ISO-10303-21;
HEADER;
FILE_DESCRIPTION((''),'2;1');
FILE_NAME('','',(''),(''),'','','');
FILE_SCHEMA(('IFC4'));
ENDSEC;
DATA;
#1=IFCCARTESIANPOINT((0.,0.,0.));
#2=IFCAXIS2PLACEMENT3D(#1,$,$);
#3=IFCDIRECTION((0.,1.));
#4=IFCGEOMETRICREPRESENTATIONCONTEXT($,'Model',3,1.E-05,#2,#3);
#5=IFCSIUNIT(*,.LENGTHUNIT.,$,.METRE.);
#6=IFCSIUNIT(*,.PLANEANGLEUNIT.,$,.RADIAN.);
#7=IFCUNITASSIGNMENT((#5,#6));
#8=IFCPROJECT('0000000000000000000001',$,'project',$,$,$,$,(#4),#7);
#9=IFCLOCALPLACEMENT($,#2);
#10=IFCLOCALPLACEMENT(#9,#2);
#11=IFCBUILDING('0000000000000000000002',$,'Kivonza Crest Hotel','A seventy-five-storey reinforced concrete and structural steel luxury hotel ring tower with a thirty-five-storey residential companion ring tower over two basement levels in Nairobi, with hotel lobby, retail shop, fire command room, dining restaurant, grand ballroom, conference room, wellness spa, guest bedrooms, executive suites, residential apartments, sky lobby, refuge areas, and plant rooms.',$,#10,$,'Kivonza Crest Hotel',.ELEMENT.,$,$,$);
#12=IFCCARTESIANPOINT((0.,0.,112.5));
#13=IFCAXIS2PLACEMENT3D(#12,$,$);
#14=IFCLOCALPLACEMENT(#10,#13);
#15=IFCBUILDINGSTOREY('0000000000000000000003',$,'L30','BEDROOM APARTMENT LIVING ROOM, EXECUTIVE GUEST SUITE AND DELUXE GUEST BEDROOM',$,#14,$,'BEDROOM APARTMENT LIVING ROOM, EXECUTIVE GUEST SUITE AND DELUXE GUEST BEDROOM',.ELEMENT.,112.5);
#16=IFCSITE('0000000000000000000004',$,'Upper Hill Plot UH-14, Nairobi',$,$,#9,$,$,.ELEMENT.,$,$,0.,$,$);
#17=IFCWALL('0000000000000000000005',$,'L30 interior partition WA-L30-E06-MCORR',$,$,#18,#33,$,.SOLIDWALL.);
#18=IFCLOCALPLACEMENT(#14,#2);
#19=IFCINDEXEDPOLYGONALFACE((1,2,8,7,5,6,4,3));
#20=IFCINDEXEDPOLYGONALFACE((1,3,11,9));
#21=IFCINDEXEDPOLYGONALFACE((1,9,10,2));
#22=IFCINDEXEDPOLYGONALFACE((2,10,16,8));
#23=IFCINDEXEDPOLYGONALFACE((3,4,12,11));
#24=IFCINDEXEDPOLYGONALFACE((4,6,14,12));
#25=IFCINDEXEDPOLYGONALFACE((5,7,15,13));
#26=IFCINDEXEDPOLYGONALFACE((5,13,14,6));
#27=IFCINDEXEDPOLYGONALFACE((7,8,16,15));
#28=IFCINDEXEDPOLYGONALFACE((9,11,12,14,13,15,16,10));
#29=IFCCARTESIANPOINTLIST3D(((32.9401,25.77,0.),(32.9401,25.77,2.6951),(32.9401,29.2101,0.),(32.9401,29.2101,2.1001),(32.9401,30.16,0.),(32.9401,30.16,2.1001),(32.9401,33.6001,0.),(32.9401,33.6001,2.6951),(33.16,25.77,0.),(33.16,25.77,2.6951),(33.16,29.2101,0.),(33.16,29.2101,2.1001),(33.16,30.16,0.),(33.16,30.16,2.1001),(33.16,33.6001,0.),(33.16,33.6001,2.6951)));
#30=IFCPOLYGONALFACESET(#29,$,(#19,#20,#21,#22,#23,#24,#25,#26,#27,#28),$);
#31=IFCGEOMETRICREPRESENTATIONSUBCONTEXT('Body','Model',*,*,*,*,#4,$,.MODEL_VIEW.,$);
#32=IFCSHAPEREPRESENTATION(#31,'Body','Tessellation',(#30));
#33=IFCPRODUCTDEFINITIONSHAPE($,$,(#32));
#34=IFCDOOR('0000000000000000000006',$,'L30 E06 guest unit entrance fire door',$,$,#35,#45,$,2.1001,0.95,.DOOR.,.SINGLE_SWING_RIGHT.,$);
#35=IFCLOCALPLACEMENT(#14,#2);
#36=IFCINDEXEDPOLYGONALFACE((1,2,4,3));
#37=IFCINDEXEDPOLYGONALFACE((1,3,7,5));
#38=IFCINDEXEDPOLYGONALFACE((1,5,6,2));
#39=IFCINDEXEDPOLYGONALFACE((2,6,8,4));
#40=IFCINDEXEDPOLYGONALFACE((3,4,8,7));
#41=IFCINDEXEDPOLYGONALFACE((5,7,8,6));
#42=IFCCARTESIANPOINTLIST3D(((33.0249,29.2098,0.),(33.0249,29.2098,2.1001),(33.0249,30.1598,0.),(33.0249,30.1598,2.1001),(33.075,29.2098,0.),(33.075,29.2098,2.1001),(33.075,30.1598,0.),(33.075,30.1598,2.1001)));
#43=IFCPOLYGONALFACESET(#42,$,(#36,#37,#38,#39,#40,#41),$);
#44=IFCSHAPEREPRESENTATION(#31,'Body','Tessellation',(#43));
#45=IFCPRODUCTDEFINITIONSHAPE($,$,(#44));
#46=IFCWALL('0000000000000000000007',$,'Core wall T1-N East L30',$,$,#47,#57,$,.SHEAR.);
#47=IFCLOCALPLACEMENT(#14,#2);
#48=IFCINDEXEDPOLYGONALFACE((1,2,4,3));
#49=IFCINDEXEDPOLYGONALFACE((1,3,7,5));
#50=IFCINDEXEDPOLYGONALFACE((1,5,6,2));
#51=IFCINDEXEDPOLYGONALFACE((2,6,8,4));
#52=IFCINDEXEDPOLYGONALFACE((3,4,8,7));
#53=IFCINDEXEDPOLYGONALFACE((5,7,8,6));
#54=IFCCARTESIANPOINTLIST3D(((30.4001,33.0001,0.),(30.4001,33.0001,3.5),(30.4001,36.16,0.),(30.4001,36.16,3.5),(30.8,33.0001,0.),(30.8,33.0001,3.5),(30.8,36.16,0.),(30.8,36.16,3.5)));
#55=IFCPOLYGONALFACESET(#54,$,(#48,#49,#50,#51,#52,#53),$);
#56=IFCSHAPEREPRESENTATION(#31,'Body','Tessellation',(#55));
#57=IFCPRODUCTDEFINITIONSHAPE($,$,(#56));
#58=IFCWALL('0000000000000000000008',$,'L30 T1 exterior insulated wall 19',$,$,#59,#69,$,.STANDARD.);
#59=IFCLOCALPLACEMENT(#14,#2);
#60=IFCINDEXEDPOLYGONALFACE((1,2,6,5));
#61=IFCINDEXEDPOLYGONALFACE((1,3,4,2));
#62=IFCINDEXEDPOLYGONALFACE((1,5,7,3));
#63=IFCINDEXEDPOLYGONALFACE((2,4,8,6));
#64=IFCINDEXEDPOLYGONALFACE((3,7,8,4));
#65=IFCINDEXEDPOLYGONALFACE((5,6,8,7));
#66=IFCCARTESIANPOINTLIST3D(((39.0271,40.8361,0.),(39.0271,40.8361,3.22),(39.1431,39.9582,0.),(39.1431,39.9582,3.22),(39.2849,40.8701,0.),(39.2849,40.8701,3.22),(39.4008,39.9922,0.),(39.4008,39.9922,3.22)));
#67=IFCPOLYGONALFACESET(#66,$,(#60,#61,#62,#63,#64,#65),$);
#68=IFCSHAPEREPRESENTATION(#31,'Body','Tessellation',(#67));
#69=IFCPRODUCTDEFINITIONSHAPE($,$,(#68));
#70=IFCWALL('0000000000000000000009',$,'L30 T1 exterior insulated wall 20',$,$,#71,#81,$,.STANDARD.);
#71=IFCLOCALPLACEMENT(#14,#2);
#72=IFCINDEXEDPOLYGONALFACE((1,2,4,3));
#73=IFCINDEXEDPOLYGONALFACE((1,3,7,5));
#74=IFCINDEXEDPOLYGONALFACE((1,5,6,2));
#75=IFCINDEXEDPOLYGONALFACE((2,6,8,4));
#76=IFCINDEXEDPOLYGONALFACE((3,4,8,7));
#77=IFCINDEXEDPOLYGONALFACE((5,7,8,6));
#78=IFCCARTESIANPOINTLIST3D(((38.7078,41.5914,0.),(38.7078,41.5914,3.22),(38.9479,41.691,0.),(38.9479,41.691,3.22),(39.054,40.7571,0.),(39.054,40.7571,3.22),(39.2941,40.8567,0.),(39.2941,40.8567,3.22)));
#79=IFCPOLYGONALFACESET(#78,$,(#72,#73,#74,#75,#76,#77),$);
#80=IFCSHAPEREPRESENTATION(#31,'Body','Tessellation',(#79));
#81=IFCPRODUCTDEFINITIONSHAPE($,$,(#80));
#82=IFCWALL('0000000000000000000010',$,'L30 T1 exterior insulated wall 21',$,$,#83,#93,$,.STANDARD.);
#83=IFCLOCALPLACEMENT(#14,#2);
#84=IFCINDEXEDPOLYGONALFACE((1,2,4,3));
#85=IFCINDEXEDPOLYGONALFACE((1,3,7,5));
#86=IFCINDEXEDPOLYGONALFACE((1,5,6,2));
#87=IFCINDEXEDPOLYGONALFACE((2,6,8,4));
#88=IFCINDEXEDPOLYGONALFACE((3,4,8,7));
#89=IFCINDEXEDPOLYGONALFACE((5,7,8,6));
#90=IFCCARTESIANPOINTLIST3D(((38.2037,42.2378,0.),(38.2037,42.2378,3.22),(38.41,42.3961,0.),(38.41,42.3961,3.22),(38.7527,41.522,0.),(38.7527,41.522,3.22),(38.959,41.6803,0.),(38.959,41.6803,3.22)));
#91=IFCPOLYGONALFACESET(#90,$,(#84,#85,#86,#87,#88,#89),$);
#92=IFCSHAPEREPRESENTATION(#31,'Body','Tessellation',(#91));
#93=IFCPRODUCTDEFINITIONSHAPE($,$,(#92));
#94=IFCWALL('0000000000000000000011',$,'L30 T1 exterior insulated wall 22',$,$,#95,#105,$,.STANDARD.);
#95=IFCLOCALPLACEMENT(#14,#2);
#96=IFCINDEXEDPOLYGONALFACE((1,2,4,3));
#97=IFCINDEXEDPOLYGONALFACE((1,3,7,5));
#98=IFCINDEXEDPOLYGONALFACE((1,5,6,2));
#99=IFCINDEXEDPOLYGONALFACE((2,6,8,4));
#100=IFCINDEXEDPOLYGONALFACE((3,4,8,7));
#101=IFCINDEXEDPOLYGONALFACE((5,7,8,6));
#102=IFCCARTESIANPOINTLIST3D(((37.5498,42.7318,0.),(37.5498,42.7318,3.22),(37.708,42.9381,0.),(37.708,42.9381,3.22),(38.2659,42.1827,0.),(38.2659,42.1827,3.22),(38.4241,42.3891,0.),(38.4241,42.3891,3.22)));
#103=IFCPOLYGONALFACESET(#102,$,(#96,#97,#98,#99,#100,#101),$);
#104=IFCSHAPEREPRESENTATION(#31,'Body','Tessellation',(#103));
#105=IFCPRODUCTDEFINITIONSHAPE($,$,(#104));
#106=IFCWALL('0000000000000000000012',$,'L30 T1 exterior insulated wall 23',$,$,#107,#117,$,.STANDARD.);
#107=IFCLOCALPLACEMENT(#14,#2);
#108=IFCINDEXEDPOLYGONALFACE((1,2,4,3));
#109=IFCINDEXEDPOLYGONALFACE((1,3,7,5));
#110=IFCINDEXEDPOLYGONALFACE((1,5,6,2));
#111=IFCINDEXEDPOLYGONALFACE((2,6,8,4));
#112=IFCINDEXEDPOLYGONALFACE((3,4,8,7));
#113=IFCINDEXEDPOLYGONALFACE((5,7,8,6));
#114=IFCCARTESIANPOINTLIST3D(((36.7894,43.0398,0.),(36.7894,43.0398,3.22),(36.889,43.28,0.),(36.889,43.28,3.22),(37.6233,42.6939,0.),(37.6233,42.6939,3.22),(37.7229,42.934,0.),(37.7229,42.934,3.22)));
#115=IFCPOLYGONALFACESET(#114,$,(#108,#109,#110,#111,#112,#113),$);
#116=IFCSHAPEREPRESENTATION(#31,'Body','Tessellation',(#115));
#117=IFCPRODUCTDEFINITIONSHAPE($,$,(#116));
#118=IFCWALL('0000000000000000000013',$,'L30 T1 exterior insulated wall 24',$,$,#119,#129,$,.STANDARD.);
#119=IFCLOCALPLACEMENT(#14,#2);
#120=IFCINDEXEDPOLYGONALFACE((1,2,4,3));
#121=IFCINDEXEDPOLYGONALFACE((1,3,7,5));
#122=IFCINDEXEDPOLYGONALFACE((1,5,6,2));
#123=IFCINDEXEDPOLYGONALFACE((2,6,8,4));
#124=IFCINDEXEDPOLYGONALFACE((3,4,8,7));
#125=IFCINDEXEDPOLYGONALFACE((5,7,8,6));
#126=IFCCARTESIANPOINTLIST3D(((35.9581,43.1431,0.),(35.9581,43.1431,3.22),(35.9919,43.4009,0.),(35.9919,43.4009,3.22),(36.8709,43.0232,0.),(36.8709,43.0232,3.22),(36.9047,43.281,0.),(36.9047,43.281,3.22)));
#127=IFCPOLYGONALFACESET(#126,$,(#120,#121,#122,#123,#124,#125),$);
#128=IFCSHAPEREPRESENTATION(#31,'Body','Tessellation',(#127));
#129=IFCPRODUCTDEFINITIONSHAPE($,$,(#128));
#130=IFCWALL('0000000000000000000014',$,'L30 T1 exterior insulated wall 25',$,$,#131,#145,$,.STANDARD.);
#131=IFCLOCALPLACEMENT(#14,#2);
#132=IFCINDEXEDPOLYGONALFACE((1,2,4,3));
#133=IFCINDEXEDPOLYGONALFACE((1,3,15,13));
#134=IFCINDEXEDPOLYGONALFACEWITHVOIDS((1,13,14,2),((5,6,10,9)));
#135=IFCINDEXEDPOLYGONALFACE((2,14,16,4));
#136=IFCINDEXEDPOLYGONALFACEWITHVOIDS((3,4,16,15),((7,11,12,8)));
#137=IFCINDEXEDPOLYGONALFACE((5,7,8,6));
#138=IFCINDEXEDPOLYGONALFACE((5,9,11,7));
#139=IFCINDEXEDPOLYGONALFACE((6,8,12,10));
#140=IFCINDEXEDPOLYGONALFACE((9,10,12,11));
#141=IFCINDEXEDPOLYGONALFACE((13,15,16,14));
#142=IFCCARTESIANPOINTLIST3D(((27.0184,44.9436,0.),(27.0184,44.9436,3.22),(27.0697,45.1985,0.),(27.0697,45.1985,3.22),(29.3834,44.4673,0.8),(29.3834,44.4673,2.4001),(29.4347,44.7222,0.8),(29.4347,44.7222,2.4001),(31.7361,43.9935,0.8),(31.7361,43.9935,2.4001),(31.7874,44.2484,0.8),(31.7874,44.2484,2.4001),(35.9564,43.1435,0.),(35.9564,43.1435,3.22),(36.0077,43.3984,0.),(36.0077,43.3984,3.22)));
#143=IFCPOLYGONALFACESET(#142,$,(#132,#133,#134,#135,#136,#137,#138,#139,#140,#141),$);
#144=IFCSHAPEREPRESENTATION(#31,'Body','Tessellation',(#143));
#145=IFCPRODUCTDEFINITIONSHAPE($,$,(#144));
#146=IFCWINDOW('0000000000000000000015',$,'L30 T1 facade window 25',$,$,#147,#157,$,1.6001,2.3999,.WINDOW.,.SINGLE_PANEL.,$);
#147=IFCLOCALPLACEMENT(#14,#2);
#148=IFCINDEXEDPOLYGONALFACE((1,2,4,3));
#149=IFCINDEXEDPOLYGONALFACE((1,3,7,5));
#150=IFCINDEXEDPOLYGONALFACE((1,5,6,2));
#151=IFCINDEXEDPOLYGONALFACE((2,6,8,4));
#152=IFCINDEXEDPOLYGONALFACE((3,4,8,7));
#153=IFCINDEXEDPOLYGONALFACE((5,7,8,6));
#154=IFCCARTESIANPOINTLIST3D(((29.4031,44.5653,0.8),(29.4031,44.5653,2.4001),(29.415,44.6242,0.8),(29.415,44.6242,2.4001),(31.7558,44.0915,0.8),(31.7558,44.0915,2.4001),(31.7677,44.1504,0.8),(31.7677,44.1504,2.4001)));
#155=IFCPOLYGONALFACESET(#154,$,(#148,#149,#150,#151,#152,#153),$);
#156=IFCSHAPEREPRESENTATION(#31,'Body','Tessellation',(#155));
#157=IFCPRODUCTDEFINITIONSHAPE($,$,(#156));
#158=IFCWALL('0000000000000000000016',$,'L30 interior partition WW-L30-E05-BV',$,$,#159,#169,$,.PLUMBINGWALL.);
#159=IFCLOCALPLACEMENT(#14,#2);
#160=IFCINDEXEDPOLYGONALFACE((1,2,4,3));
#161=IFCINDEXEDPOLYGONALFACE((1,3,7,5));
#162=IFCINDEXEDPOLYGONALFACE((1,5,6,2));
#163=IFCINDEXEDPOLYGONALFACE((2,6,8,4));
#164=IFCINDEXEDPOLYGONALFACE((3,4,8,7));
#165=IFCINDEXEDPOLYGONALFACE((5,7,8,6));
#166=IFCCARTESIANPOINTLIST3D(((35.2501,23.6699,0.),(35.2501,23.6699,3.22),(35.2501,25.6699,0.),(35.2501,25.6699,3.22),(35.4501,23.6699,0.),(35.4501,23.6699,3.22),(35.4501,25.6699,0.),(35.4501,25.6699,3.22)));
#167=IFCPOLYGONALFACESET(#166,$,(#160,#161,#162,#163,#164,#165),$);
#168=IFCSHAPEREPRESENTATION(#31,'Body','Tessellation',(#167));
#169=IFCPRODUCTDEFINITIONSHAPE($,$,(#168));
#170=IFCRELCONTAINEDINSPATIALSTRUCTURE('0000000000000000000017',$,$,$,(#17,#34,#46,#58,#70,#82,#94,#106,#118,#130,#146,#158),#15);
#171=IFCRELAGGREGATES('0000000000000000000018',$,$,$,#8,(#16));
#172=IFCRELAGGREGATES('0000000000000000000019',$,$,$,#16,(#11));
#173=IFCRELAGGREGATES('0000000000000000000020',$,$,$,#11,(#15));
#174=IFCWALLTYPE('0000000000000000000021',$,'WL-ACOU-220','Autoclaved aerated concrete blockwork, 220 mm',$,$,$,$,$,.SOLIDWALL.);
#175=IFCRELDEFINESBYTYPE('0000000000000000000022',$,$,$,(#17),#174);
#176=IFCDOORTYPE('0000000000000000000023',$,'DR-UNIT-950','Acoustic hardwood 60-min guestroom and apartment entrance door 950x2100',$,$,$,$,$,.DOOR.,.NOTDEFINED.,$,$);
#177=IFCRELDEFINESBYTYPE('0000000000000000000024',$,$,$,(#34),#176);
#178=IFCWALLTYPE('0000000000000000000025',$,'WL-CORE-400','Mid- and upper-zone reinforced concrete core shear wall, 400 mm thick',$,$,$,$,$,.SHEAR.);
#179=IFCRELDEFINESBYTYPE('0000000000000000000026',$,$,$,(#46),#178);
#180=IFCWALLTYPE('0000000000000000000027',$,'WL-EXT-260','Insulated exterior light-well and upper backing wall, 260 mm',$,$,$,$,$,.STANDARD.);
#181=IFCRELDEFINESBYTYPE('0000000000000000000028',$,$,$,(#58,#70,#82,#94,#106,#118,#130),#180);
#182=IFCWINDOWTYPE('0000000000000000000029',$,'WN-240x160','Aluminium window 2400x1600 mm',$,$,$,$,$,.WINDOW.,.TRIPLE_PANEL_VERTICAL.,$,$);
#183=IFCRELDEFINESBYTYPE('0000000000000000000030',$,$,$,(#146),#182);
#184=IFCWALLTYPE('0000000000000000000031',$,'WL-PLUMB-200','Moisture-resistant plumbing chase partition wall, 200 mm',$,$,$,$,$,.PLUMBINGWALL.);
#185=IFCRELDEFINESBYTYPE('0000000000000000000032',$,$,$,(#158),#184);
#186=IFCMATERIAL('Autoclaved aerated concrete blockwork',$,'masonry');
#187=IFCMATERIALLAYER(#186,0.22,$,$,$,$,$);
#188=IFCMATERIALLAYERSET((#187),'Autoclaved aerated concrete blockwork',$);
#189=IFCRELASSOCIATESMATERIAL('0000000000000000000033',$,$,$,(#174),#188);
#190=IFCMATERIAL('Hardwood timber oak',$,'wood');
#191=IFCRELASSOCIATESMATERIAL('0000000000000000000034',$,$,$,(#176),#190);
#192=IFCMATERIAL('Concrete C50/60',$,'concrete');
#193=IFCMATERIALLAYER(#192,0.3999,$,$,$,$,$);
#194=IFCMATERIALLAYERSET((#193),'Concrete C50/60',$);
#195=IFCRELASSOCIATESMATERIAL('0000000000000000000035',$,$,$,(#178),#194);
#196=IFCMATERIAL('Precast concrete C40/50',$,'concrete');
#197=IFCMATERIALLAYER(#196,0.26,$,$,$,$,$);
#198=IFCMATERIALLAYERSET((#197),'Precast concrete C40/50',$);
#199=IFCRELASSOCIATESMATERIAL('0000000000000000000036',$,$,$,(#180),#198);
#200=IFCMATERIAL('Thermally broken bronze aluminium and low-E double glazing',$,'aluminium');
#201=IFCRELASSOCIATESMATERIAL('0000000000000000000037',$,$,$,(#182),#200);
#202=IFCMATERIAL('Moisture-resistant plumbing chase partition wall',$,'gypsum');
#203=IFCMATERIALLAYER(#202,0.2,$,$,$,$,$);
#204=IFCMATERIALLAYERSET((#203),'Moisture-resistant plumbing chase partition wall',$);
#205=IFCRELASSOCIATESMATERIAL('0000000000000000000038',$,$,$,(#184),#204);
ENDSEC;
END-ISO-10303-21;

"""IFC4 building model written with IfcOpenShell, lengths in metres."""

from ifc_helpers import new_model, si_unit, direction, frame, frame_2d, origin, place, context, subcontext, project, spatial, rectangle, extrude, material, layer, layer_set, type_object, element, fill, save


model = new_model("IFC4")

# Units and contexts
model_context = context("Model", 3, precision=1e-05, world=origin(), true_north=direction((0.0, 1.0)))
body_context = subcontext(model_context, "Body", "Model", "MODEL_VIEW")
ifc_project = project(units=[si_unit("LENGTHUNIT", "METRE"), si_unit("PLANEANGLEUNIT", "RADIAN")], contexts=[model_context])

# Site, building, storey
site_placement = place(None, origin())
site = spatial("IfcSite", under=ifc_project, at=site_placement, Name="Upper Hill Plot UH-14, Nairobi", CompositionType="ELEMENT", RefElevation=0.0)
building_placement = place(site_placement, origin())
building = spatial("IfcBuilding", under=site, at=building_placement, Name="Kivonza Crest Hotel", Description="A seventy-five-storey reinforced concrete and structural steel luxury hotel ring tower with a thirty-five-storey residential companion ring tower over two basement levels in Nairobi, with hotel lobby, retail shop, fire command room, dining restaurant, grand ballroom, conference room, wellness spa, guest bedrooms, executive suites, residential apartments, sky lobby, refuge areas, and plant rooms.", LongName="Kivonza Crest Hotel", CompositionType="ELEMENT")
storey_placement = place(building_placement, frame((0.0, 0.0, 112.5)))
storey = spatial("IfcBuildingStorey", under=building, at=storey_placement, Name="L30", Description="BEDROOM APARTMENT LIVING ROOM, EXECUTIVE GUEST SUITE AND DELUXE GUEST BEDROOM", LongName="BEDROOM APARTMENT LIVING ROOM, EXECUTIVE GUEST SUITE AND DELUXE GUEST BEDROOM", CompositionType="ELEMENT", Elevation=112.5)

# Shared definitions
ifc_material_1 = material(Name="Concrete C50/60", Category="concrete")

# Shared definitions
ifc_material_2 = material(Name="Autoclaved aerated concrete blockwork", Category="masonry")
ifc_layer_1 = layer(ifc_material_2, 0.22)
ifc_layer_set_1 = layer_set([ifc_layer_1], Name="Autoclaved aerated concrete blockwork")
wall_type_1 = type_object("IfcWallType", Name="WL-ACOU-220", Description="Autoclaved aerated concrete blockwork, 220 mm", PredefinedType="SOLIDWALL", material=ifc_layer_set_1)
ifc_material_3 = material(Name="Hardwood timber oak", Category="wood")

# Wall, opening, door
wall_1_placement = place(storey_placement, frame((33.05, 25.77, 0.0), z_axis=(0.0, 0.0, 1.0), x_axis=(0.0, 1.0, 0.0)))
wall_1 = element("IfcWall", 1, at=wall_1_placement, inside=storey, type_object=wall_type_1, Name="L30 interior partition WA-L30-E06-MCORR", PredefinedType="SOLIDWALL", context=body_context, shape_type="SweptSolid", body=[
    extrude(rectangle(XDim=7.8301, YDim=0.22, at=frame_2d((3.915, 0.0))), origin(), (0.0, 0.0, 1.0), 2.6951),
])
opening_1_placement = place(wall_1_placement, frame((3.4399, 0.0, 0.0)))
opening_1 = element("IfcOpeningElement", 2, at=opening_1_placement, cuts=wall_1, PredefinedType="OPENING", context=body_context, shape_type="SweptSolid", body=[
    extrude(rectangle(XDim=0.95, YDim=2.1001, at=frame_2d((0.4751, 1.05))), frame((0.0, 0.1201, 0.0), z_axis=(0.0, -1.0, 0.0), x_axis=(1.0, 0.0, 0.0)), (0.0, 0.0, 1.0), 0.24),
])
door_type_1 = type_object("IfcDoorType", Name="DR-UNIT-950", Description="Acoustic hardwood 60-min guestroom and apartment entrance door 950x2100", OperationType="NOTDEFINED", PredefinedType="DOOR", material=ifc_material_3)
door_1_placement = place(opening_1_placement, frame((0.95, 0.0, 0.0), z_axis=(0.0, 0.0, 1.0), x_axis=(-1.0, 0.0, 0.0)))
door_1 = element("IfcDoor", 3, at=door_1_placement, inside=storey, type_object=door_type_1, Name="L30 E06 guest unit entrance fire door", OperationType="SINGLE_SWING_RIGHT", OverallHeight=2.1001, OverallWidth=0.95, PredefinedType="DOOR", context=body_context, shape_type="SweptSolid", body=[
    extrude(rectangle(XDim=0.95, YDim=2.1001, at=frame_2d((0.4751, 1.05))), frame((0.0, 0.0249, 0.0), z_axis=(0.0, -1.0, 0.0), x_axis=(1.0, 0.0, 0.0)), (0.0, 0.0, 1.0), 0.05),
])
fill(opening_1, door_1)

# Walls
ifc_layer_2 = layer(ifc_material_1, 0.3999)
ifc_layer_set_2 = layer_set([ifc_layer_2], Name="Concrete C50/60")
wall_type_2 = type_object("IfcWallType", Name="WL-CORE-400", Description="Mid- and upper-zone reinforced concrete core shear wall, 400 mm thick", PredefinedType="SHEAR", material=ifc_layer_set_2)
wall_2_placement = place(storey_placement, frame((30.6001, 33.0, 0.0), z_axis=(0.0, 0.0, 1.0), x_axis=(0.0, 1.0, 0.0)))
element("IfcWall", 4, at=wall_2_placement, inside=storey, type_object=wall_type_2, Name="Core wall T1-N East L30", PredefinedType="SHEAR", context=body_context, shape_type="SweptSolid", body=[
    extrude(rectangle(XDim=3.1599, YDim=0.3999, at=frame_2d((1.5801, 0.0))), origin(), (0.0, 0.0, 1.0), 3.5),
])
ifc_material_4 = material(Name="Precast concrete C40/50", Category="concrete")
ifc_layer_3 = layer(ifc_material_4, 0.26)
ifc_layer_set_3 = layer_set([ifc_layer_3], Name="Precast concrete C40/50")
wall_type_3 = type_object("IfcWallType", Name="WL-EXT-260", Description="Insulated exterior light-well and upper backing wall, 260 mm", PredefinedType="STANDARD", material=ifc_layer_set_3)
wall_3_placement = place(storey_placement, frame((39.272, 39.9751, 0.0), z_axis=(0.0, 0.0, 1.0), x_axis=(-0.130954, 0.991388, 0.0)))
element("IfcWall", 5, at=wall_3_placement, inside=storey, type_object=wall_type_3, Name="L30 T1 exterior insulated wall 19", PredefinedType="STANDARD", context=body_context, shape_type="SweptSolid", body=[
    extrude(rectangle(XDim=0.8855, YDim=0.26, at=frame_2d((0.4429, 0.0))), origin(), (0.0, 0.0, 1.0), 3.22),
])
wall_4_placement = place(storey_placement, frame((39.1741, 40.8069, 0.0), z_axis=(0.0, 0.0, 1.0), x_axis=(-0.383291, 0.923628, 0.0)))
element("IfcWall", 6, at=wall_4_placement, inside=storey, type_object=wall_type_3, Name="L30 T1 exterior insulated wall 20", PredefinedType="STANDARD", context=body_context, shape_type="SweptSolid", body=[
    extrude(rectangle(XDim=0.9033, YDim=0.26, at=frame_2d((0.4517, 0.0))), origin(), (0.0, 0.0, 1.0), 3.22),
])
wall_5_placement = place(storey_placement, frame((38.856, 41.6011, 0.0), z_axis=(0.0, 0.0, 1.0), x_axis=(-0.608625, 0.793458, 0.0)))
element("IfcWall", 7, at=wall_5_placement, inside=storey, type_object=wall_type_3, Name="L30 T1 exterior insulated wall 21", PredefinedType="STANDARD", context=body_context, shape_type="SweptSolid", body=[
    extrude(rectangle(XDim=0.9021, YDim=0.26, at=frame_2d((0.4512, 0.0))), origin(), (0.0, 0.0, 1.0), 3.22),
])
wall_6_placement = place(storey_placement, frame((38.345, 42.2859, 0.0), z_axis=(0.0, 0.0, 1.0), x_axis=(-0.793558, 0.608494, 0.0)))
element("IfcWall", 8, at=wall_6_placement, inside=storey, type_object=wall_type_3, Name="L30 T1 exterior insulated wall 22", PredefinedType="STANDARD", context=body_context, shape_type="SweptSolid", body=[
    extrude(rectangle(XDim=0.9023, YDim=0.26, at=frame_2d((0.4512, 0.0))), origin(), (0.0, 0.0, 1.0), 3.22),
])
wall_7_placement = place(storey_placement, frame((37.6731, 42.814, 0.0), z_axis=(0.0, 0.0, 1.0), x_axis=(-0.923684, 0.383156, 0.0)))
element("IfcWall", 9, at=wall_7_placement, inside=storey, type_object=wall_type_3, Name="L30 T1 exterior insulated wall 23", PredefinedType="STANDARD", context=body_context, shape_type="SweptSolid", body=[
    extrude(rectangle(XDim=0.9028, YDim=0.26, at=frame_2d((0.4514, 0.0))), origin(), (0.0, 0.0, 1.0), 3.22),
])
wall_8_placement = place(storey_placement, frame((36.8879, 43.1521, 0.0), z_axis=(0.0, 0.0, 1.0), x_axis=(-0.991488, 0.130201, 0.0)))
element("IfcWall", 10, at=wall_8_placement, inside=storey, type_object=wall_type_3, Name="L30 T1 exterior insulated wall 24", PredefinedType="STANDARD", context=body_context, shape_type="SweptSolid", body=[
    extrude(rectangle(XDim=0.9207, YDim=0.26, at=frame_2d((0.4604, 0.0))), origin(), (0.0, 0.0, 1.0), 3.22),
])

# Wall, opening, window
wall_9_placement = place(storey_placement, frame((35.9819, 43.271, 0.0), z_axis=(0.0, 0.0, 1.0), x_axis=(-0.980317, 0.197429, 0.0)))
wall_9 = element("IfcWall", 11, at=wall_9_placement, inside=storey, type_object=wall_type_3, Name="L30 T1 exterior insulated wall 25", PredefinedType="STANDARD", context=body_context, shape_type="SweptSolid", body=[
    extrude(rectangle(XDim=9.1174, YDim=0.26, at=frame_2d((4.5586, 0.0))), origin(), (0.0, 0.0, 1.0), 3.22),
])
opening_2_placement = place(wall_9_placement, frame((4.3049, 0.0, 0.8)))
opening_2 = element("IfcOpeningElement", 12, at=opening_2_placement, cuts=wall_9, PredefinedType="OPENING", context=body_context, shape_type="SweptSolid", body=[
    extrude(rectangle(XDim=2.3999, YDim=1.6001, at=frame_2d((1.2, 0.8))), frame((0.0, 0.1401, 0.0), z_axis=(0.0, -1.0, 0.0), x_axis=(1.0, 0.0, 0.0)), (0.0, 0.0, 1.0), 0.28),
])
ifc_material_5 = material(Name="Thermally broken bronze aluminium and low-E double glazing", Category="aluminium")
window_type = type_object("IfcWindowType", Name="WN-240x160", Description="Aluminium window 2400x1600 mm", PartitioningType="TRIPLE_PANEL_VERTICAL", PredefinedType="WINDOW", material=ifc_material_5)
window_placement = place(opening_2_placement, origin())
window = element("IfcWindow", 13, at=window_placement, inside=storey, type_object=window_type, Name="L30 T1 facade window 25", OverallHeight=1.6001, OverallWidth=2.3999, PartitioningType="SINGLE_PANEL", PredefinedType="WINDOW", context=body_context, shape_type="SweptSolid", body=[
    extrude(rectangle(XDim=2.3999, YDim=1.6001, at=frame_2d((1.2, 0.8))), frame((0.0, 0.03, 0.0), z_axis=(0.0, -1.0, 0.0), x_axis=(1.0, 0.0, 0.0)), (0.0, 0.0, 1.0), 0.0601),
])
fill(opening_2, window)

# Wall
ifc_material_6 = material(Name="Moisture-resistant plumbing chase partition wall", Category="gypsum")
ifc_layer_4 = layer(ifc_material_6, 0.2)
ifc_layer_set_4 = layer_set([ifc_layer_4], Name="Moisture-resistant plumbing chase partition wall")
wall_type_4 = type_object("IfcWallType", Name="WL-PLUMB-200", Description="Moisture-resistant plumbing chase partition wall, 200 mm", PredefinedType="PLUMBINGWALL", material=ifc_layer_set_4)
wall_10_placement = place(storey_placement, frame((35.3501, 23.6699, 0.0), z_axis=(0.0, 0.0, 1.0), x_axis=(0.0, 1.0, 0.0)))
element("IfcWall", 14, at=wall_10_placement, inside=storey, type_object=wall_type_4, Name="L30 interior partition WW-L30-E05-BV", PredefinedType="PLUMBINGWALL", context=body_context, shape_type="SweptSolid", body=[
    extrude(rectangle(XDim=2.0, YDim=0.2, at=frame_2d((1.0, 0.0))), origin(), (0.0, 0.0, 1.0), 3.22),
])

save(model, "model.ifc")
